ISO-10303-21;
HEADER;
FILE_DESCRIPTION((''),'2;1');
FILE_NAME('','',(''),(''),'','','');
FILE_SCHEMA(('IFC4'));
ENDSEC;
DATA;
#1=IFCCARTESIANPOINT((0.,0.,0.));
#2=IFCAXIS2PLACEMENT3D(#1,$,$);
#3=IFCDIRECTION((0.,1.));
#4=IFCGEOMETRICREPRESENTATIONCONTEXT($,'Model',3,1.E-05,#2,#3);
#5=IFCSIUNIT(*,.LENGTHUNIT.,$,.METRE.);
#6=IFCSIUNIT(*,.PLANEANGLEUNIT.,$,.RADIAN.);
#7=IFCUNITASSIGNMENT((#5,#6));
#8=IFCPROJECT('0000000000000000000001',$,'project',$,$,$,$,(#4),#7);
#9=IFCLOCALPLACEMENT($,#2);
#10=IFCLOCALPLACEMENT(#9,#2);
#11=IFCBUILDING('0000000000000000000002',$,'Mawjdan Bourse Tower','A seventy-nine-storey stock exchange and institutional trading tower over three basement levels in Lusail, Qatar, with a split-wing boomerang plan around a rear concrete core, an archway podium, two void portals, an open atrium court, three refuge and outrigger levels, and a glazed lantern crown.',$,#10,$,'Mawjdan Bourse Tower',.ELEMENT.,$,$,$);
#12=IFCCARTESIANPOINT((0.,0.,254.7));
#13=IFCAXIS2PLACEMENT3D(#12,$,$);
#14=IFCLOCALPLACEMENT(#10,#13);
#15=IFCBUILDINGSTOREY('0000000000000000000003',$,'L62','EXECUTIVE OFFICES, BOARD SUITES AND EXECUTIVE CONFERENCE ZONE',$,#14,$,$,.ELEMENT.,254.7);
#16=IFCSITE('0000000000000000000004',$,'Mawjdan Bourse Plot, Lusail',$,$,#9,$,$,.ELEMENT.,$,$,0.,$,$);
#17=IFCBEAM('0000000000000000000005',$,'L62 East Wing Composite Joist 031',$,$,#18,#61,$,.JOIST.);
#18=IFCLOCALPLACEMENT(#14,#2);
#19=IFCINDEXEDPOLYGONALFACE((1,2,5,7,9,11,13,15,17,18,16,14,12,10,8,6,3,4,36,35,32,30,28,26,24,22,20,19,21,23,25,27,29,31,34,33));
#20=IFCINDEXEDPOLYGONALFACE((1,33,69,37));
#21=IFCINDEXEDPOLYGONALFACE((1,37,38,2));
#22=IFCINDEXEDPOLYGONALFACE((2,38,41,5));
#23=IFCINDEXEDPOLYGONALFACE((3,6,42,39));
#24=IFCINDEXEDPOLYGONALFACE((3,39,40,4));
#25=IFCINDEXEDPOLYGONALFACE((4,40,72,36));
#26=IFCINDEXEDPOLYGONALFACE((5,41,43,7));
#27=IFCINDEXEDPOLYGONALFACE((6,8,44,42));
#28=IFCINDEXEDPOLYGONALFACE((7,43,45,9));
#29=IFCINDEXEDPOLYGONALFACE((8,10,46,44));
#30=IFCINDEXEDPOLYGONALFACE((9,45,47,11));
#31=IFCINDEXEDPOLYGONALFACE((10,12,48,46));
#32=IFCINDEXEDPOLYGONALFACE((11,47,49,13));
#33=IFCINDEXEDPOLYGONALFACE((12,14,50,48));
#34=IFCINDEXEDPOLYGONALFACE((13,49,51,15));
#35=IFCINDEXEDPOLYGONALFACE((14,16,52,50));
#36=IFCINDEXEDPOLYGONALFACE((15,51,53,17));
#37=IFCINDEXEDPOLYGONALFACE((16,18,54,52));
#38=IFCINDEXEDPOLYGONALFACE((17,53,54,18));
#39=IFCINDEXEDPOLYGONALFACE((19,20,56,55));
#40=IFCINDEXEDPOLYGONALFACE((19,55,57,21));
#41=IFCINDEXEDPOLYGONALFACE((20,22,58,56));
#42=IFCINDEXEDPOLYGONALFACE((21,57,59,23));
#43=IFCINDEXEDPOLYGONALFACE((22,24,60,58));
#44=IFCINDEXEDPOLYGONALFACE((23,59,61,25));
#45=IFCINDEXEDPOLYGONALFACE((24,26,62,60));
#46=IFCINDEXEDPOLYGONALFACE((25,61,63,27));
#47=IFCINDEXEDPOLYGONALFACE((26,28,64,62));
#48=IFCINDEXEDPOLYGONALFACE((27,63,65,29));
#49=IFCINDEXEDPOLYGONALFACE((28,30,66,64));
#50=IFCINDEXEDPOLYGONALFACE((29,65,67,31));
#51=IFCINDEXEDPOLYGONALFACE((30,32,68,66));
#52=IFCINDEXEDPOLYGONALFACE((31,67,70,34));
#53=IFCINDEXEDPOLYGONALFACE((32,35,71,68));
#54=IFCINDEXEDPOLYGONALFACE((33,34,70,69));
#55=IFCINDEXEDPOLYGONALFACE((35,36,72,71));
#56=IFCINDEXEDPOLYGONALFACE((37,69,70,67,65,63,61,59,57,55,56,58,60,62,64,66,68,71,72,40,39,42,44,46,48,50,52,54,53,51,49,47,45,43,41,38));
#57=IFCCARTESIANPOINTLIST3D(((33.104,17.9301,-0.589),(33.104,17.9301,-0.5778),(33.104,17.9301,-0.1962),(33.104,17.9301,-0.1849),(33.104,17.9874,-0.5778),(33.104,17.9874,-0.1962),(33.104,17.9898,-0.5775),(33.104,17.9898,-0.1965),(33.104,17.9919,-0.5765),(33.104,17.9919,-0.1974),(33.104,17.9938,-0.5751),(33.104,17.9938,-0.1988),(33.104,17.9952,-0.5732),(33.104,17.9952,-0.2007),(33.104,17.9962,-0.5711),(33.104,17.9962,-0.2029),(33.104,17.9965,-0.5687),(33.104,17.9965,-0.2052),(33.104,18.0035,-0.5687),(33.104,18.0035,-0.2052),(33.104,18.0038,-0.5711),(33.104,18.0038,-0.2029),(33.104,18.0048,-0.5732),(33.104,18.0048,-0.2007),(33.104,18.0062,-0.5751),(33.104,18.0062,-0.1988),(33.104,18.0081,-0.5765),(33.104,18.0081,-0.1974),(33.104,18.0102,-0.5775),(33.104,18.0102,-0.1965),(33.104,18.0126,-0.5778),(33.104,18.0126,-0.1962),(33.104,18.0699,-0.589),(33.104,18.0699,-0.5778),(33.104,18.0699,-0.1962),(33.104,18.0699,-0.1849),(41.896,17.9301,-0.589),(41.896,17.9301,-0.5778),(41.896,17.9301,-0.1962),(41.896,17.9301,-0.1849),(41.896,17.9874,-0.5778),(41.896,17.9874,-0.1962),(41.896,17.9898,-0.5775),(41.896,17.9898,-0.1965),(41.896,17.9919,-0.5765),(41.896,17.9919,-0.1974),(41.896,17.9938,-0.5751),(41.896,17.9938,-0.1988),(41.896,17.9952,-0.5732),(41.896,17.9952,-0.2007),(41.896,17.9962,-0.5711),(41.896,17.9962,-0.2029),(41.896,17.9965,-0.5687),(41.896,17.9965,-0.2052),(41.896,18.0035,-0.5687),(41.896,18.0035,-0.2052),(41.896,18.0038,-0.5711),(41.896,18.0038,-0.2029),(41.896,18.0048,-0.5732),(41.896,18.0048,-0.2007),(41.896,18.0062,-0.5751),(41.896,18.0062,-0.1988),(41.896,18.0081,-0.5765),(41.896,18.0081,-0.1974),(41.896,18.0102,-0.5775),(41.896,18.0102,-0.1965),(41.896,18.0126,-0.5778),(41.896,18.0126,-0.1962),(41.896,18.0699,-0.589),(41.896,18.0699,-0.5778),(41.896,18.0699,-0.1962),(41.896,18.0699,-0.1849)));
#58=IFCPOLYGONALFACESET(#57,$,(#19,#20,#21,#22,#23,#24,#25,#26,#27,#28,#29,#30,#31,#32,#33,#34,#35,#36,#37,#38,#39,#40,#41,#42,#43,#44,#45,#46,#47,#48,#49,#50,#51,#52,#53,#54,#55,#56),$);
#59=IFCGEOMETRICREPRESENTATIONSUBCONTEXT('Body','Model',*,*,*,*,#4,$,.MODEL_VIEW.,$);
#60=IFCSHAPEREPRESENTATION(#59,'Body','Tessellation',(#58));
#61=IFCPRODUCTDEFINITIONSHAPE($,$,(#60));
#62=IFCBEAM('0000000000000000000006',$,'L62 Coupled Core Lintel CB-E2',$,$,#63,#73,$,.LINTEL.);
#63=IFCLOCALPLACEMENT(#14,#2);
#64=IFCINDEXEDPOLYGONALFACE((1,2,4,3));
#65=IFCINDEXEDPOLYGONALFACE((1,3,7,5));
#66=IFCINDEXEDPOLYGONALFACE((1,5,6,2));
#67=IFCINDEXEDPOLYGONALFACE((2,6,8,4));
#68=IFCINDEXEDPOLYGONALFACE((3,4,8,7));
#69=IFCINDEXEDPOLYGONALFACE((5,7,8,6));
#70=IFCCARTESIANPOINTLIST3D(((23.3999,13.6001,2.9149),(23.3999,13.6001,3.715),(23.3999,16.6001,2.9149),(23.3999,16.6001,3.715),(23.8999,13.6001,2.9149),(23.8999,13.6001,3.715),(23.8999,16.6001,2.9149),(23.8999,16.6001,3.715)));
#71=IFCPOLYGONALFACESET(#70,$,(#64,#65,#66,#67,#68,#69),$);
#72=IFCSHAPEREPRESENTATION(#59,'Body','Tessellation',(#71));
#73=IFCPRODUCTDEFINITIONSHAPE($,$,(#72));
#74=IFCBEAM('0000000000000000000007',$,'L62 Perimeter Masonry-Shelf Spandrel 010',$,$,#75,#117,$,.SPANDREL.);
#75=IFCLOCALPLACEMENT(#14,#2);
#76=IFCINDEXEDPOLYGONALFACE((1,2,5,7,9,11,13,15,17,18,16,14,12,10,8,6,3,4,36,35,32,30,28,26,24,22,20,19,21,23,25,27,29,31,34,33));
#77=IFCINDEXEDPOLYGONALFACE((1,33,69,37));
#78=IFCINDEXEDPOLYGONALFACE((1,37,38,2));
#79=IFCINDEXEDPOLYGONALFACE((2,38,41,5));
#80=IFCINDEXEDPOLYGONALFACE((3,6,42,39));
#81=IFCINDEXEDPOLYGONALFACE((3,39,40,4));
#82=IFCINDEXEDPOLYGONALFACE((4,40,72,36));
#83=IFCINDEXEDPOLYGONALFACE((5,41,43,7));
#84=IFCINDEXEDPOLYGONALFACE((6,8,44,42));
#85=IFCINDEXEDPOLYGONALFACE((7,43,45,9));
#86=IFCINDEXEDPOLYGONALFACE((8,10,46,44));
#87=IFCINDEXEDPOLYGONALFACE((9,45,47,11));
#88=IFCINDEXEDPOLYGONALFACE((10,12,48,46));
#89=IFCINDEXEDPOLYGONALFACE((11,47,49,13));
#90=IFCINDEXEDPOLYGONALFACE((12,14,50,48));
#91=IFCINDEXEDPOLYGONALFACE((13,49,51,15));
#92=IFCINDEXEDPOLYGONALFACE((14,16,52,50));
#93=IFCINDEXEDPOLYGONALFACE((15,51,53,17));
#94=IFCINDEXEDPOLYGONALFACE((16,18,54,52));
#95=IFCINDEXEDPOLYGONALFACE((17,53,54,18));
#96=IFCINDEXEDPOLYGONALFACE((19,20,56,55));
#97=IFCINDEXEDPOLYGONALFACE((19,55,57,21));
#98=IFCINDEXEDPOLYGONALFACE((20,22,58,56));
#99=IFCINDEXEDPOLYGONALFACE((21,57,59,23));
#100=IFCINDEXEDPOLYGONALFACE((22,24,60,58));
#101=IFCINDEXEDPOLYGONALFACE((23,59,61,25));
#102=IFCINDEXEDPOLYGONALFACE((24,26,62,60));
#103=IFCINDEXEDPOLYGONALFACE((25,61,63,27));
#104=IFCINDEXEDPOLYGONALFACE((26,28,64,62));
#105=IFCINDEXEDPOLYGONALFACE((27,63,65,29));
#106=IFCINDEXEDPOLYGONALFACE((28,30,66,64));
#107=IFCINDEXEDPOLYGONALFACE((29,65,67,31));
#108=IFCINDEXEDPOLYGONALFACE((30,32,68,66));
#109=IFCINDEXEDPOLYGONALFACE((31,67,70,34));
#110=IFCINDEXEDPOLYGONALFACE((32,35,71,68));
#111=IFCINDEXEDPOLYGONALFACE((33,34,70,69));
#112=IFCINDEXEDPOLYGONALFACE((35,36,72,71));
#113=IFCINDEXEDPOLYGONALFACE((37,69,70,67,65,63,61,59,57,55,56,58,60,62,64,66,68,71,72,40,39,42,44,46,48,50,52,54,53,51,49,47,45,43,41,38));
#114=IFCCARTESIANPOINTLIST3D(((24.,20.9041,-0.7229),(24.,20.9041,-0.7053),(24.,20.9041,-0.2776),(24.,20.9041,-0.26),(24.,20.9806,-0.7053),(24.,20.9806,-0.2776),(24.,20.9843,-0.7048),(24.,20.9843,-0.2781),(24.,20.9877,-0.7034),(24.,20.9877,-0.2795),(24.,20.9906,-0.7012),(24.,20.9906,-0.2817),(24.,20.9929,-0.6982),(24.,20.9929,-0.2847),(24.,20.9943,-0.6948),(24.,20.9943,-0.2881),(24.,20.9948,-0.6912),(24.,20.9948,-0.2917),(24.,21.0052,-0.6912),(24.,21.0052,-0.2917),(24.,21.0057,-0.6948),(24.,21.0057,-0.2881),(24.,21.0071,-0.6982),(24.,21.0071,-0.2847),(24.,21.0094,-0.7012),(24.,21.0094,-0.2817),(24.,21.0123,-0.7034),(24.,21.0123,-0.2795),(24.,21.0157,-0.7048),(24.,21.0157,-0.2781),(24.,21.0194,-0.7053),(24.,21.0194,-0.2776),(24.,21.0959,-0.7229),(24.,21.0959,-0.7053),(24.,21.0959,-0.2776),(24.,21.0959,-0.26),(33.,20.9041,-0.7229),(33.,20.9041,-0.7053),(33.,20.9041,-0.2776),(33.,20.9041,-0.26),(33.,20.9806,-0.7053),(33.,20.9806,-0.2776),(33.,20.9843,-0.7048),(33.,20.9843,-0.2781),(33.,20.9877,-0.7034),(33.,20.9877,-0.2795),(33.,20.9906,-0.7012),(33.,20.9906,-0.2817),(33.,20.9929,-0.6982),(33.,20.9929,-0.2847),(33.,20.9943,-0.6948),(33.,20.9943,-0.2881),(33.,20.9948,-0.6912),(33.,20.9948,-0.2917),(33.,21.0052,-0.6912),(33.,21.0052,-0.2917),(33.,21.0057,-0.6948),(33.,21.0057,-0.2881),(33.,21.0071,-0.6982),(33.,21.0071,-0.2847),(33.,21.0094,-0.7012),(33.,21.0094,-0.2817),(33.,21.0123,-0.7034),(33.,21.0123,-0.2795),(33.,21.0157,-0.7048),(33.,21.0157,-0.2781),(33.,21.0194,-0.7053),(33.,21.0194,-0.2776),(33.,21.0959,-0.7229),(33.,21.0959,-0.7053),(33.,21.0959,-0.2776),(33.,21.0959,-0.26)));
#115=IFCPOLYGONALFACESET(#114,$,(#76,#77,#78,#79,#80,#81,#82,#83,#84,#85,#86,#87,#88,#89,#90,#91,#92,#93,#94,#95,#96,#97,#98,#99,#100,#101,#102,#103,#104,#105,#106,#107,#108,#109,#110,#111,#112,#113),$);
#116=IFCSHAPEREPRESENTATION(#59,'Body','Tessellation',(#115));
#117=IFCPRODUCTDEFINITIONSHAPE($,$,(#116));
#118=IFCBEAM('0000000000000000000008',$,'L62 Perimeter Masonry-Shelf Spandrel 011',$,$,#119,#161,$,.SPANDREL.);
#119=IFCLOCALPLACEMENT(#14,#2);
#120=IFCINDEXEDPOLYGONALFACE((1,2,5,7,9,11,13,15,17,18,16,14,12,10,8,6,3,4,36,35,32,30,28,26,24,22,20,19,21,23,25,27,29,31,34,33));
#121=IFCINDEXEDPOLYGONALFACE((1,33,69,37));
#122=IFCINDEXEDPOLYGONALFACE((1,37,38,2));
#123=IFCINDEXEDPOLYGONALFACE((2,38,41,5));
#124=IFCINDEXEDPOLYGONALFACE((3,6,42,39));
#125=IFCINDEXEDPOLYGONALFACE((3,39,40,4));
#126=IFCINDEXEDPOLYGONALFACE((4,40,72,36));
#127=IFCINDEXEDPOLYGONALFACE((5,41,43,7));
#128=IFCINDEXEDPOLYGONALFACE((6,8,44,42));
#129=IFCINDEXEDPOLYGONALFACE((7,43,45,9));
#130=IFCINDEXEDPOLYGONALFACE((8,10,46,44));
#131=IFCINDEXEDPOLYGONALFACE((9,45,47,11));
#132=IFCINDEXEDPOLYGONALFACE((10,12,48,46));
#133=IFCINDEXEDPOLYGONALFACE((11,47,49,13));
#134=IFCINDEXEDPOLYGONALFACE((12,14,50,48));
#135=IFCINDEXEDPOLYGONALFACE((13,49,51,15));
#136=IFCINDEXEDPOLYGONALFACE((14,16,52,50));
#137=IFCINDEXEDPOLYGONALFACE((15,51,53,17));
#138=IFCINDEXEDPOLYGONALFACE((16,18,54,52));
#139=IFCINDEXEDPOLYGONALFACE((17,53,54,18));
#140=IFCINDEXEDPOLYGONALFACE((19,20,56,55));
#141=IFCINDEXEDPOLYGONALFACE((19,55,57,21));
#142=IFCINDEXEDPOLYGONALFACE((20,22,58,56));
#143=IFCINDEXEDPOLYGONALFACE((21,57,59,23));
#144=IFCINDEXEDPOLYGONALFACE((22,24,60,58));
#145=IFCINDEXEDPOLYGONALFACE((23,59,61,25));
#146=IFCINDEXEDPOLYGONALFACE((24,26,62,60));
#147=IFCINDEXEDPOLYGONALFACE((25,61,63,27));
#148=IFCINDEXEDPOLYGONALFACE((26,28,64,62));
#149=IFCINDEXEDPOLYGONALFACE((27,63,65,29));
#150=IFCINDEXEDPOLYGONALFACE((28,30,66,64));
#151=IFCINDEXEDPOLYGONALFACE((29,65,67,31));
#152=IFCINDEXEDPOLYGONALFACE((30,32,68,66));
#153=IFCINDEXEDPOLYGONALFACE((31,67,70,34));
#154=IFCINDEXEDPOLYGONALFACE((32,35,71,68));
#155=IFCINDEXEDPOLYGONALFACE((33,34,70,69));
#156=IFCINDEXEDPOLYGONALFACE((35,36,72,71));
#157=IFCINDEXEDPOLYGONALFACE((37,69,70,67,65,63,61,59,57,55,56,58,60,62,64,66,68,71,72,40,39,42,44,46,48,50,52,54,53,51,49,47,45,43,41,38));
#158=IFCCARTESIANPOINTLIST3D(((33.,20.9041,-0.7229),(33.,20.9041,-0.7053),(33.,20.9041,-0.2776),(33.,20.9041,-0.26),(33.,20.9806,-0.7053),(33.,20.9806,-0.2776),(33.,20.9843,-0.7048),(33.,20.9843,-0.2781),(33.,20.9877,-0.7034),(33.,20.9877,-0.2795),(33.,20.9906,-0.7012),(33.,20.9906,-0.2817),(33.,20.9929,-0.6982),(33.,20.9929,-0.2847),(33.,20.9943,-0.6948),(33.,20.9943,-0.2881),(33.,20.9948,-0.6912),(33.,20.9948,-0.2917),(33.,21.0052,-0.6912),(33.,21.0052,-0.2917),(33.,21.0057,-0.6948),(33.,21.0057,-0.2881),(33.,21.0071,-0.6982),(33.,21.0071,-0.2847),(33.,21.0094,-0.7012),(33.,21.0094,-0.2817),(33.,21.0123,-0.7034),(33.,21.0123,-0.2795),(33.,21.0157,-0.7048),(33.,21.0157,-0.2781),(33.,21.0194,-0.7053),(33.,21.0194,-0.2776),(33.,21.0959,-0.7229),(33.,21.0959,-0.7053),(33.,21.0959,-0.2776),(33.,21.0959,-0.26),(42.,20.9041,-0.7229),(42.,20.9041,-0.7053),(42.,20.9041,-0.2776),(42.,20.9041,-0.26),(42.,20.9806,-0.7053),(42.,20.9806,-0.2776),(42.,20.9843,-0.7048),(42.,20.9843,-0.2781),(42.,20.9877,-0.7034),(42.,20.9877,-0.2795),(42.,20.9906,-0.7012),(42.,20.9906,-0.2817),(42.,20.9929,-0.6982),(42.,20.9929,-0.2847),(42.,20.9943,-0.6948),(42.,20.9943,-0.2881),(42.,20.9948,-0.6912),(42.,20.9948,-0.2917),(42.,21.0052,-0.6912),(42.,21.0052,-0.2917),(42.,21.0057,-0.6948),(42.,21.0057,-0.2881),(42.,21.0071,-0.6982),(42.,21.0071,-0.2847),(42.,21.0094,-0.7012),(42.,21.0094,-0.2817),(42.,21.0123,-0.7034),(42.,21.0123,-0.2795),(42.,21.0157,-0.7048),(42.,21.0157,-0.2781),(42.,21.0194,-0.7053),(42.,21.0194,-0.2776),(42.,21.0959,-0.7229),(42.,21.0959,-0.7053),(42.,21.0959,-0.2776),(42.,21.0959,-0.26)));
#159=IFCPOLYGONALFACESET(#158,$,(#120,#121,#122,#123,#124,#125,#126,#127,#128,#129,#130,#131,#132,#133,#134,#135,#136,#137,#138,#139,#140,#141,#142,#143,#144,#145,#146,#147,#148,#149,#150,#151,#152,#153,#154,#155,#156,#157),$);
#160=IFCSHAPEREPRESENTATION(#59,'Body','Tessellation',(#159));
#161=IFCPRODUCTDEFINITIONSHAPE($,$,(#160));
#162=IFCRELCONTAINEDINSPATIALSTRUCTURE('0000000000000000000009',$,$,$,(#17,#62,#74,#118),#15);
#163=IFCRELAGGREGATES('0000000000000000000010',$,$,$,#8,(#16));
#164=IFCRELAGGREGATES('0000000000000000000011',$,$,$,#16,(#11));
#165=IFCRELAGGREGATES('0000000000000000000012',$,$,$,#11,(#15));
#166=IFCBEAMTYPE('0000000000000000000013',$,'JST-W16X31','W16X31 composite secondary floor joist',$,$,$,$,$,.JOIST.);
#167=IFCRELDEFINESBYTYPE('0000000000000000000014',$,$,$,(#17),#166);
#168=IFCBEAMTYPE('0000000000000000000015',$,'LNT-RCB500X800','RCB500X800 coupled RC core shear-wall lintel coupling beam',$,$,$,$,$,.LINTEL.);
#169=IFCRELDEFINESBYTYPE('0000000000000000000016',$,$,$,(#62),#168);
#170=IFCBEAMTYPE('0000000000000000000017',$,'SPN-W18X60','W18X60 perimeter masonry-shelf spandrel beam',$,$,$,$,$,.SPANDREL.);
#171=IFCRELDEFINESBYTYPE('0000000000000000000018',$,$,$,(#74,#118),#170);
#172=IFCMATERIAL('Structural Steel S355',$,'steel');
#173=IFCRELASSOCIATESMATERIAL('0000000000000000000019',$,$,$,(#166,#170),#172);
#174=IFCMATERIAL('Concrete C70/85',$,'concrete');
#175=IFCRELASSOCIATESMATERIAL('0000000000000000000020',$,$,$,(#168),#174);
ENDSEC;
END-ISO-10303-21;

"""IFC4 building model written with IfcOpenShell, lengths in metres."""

from ifc_helpers import new_model, si_unit, direction, frame, origin, origin_2d, place, context, subcontext, project, spatial, rectangle, i_section, extrude, material, material_profile, profile_set, type_object, element, save


model = new_model("IFC4")

# Units and contexts
model_context = context("Model", 3, precision=1e-05, world=origin(), true_north=direction((0.0, 1.0)))
body_context = subcontext(model_context, "Body", "Model", "MODEL_VIEW")
ifc_project = project(units=[si_unit("LENGTHUNIT", "METRE"), si_unit("PLANEANGLEUNIT", "RADIAN")], contexts=[model_context])

# Site, building, storey
site_placement = place(None, origin())
site = spatial("IfcSite", under=ifc_project, at=site_placement, Name="Mawjdan Bourse Plot, Lusail", CompositionType="ELEMENT", RefElevation=0.0)
building_placement = place(site_placement, origin())
building = spatial("IfcBuilding", under=site, at=building_placement, Name="Mawjdan Bourse Tower", Description="A seventy-nine-storey stock exchange and institutional trading tower over three basement levels in Lusail, Qatar, with a split-wing boomerang plan around a rear concrete core, an archway podium, two void portals, an open atrium court, three refuge and outrigger levels, and a glazed lantern crown.", LongName="Mawjdan Bourse Tower", CompositionType="ELEMENT")
storey_placement = place(building_placement, frame((0.0, 0.0, 254.7)))
storey = spatial("IfcBuildingStorey", under=building, at=storey_placement, Name="L62", Description="EXECUTIVE OFFICES, BOARD SUITES AND EXECUTIVE CONFERENCE ZONE", CompositionType="ELEMENT", Elevation=254.7)

# Beams
ifc_material_1 = material(Name="Structural Steel S355", Category="steel")
ifc_material_profile_1 = material_profile(ifc_material_1, i_section(OverallWidth=0.1399, OverallDepth=0.4041, WebThickness=0.0071, FlangeThickness=0.0112, FilletRadius=0.009, at=origin_2d()), Name="W16X31")
ifc_profile_set_1 = profile_set([ifc_material_profile_1], Name="Structural Steel S355")
beam_type_1 = type_object("IfcBeamType", Name="JST-W16X31", Description="W16X31 composite secondary floor joist", PredefinedType="JOIST", material=ifc_profile_set_1)
beam_1_placement = place(storey_placement, frame((33.104, 18.0, -0.387), z_axis=(1.0, 0.0, 0.0), x_axis=(0.0, 1.0, 0.0)))
element("IfcBeam", 1, at=beam_1_placement, inside=storey, type_object=beam_type_1, Name="L62 East Wing Composite Joist 031", PredefinedType="JOIST", context=body_context, shape_type="SweptSolid", body=[
    extrude(i_section(OverallWidth=0.1399, OverallDepth=0.4041, WebThickness=0.0071, FlangeThickness=0.0112, FilletRadius=0.009, at=origin_2d()), origin(), (0.0, 0.0, 1.0), 8.792),
])
ifc_material_2 = material(Name="Concrete C70/85", Category="concrete")
ifc_material_profile_2 = material_profile(ifc_material_2, rectangle(XDim=0.5, YDim=0.8, at=origin_2d()), Name="RCB500X800")
ifc_profile_set_2 = profile_set([ifc_material_profile_2], Name="Concrete C70/85")
beam_type_2 = type_object("IfcBeamType", Name="LNT-RCB500X800", Description="RCB500X800 coupled RC core shear-wall lintel coupling beam", PredefinedType="LINTEL", material=ifc_profile_set_2)
beam_2_placement = place(storey_placement, frame((23.6499, 13.6001, 3.3149), z_axis=(0.0, 1.0, 0.0), x_axis=(-1.0, 0.0, 0.0)))
element("IfcBeam", 2, at=beam_2_placement, inside=storey, type_object=beam_type_2, Name="L62 Coupled Core Lintel CB-E2", PredefinedType="LINTEL", context=body_context, shape_type="SweptSolid", body=[
    extrude(rectangle(XDim=0.5, YDim=0.8, at=origin_2d()), origin(), (0.0, 0.0, 1.0), 3.0),
])
ifc_material_profile_3 = material_profile(ifc_material_1, i_section(OverallWidth=0.1919, OverallDepth=0.4629, WebThickness=0.0105, FlangeThickness=0.0176, FilletRadius=0.0142, at=origin_2d()), Name="W18X60")
ifc_profile_set_3 = profile_set([ifc_material_profile_3], Name="Structural Steel S355")
beam_type_3 = type_object("IfcBeamType", Name="SPN-W18X60", Description="W18X60 perimeter masonry-shelf spandrel beam", PredefinedType="SPANDREL", material=ifc_profile_set_3)
for number, where, z_axis, x_axis, name in (
    (3, (24.0, 21.0, -0.4915), (1.0, 0.0, 0.0), (0.0, 1.0, 0.0), "L62 Perimeter Masonry-Shelf Spandrel 010"),
    (4, (33.0, 21.0, -0.4915), (1.0, 0.0, 0.0), (0.0, 1.0, 0.0), "L62 Perimeter Masonry-Shelf Spandrel 011"),
):
    element("IfcBeam", number, at=place(storey_placement, frame(where, z_axis=z_axis, x_axis=x_axis)), inside=storey, type_object=beam_type_3, Name=name, PredefinedType="SPANDREL", context=body_context, shape_type="SweptSolid", body=[
        extrude(i_section(OverallWidth=0.1919, OverallDepth=0.4629, WebThickness=0.0105, FlangeThickness=0.0176, FilletRadius=0.0142, at=origin_2d()), origin(), (0.0, 0.0, 1.0), 9.0),
    ])

save(model, "model.ifc")
